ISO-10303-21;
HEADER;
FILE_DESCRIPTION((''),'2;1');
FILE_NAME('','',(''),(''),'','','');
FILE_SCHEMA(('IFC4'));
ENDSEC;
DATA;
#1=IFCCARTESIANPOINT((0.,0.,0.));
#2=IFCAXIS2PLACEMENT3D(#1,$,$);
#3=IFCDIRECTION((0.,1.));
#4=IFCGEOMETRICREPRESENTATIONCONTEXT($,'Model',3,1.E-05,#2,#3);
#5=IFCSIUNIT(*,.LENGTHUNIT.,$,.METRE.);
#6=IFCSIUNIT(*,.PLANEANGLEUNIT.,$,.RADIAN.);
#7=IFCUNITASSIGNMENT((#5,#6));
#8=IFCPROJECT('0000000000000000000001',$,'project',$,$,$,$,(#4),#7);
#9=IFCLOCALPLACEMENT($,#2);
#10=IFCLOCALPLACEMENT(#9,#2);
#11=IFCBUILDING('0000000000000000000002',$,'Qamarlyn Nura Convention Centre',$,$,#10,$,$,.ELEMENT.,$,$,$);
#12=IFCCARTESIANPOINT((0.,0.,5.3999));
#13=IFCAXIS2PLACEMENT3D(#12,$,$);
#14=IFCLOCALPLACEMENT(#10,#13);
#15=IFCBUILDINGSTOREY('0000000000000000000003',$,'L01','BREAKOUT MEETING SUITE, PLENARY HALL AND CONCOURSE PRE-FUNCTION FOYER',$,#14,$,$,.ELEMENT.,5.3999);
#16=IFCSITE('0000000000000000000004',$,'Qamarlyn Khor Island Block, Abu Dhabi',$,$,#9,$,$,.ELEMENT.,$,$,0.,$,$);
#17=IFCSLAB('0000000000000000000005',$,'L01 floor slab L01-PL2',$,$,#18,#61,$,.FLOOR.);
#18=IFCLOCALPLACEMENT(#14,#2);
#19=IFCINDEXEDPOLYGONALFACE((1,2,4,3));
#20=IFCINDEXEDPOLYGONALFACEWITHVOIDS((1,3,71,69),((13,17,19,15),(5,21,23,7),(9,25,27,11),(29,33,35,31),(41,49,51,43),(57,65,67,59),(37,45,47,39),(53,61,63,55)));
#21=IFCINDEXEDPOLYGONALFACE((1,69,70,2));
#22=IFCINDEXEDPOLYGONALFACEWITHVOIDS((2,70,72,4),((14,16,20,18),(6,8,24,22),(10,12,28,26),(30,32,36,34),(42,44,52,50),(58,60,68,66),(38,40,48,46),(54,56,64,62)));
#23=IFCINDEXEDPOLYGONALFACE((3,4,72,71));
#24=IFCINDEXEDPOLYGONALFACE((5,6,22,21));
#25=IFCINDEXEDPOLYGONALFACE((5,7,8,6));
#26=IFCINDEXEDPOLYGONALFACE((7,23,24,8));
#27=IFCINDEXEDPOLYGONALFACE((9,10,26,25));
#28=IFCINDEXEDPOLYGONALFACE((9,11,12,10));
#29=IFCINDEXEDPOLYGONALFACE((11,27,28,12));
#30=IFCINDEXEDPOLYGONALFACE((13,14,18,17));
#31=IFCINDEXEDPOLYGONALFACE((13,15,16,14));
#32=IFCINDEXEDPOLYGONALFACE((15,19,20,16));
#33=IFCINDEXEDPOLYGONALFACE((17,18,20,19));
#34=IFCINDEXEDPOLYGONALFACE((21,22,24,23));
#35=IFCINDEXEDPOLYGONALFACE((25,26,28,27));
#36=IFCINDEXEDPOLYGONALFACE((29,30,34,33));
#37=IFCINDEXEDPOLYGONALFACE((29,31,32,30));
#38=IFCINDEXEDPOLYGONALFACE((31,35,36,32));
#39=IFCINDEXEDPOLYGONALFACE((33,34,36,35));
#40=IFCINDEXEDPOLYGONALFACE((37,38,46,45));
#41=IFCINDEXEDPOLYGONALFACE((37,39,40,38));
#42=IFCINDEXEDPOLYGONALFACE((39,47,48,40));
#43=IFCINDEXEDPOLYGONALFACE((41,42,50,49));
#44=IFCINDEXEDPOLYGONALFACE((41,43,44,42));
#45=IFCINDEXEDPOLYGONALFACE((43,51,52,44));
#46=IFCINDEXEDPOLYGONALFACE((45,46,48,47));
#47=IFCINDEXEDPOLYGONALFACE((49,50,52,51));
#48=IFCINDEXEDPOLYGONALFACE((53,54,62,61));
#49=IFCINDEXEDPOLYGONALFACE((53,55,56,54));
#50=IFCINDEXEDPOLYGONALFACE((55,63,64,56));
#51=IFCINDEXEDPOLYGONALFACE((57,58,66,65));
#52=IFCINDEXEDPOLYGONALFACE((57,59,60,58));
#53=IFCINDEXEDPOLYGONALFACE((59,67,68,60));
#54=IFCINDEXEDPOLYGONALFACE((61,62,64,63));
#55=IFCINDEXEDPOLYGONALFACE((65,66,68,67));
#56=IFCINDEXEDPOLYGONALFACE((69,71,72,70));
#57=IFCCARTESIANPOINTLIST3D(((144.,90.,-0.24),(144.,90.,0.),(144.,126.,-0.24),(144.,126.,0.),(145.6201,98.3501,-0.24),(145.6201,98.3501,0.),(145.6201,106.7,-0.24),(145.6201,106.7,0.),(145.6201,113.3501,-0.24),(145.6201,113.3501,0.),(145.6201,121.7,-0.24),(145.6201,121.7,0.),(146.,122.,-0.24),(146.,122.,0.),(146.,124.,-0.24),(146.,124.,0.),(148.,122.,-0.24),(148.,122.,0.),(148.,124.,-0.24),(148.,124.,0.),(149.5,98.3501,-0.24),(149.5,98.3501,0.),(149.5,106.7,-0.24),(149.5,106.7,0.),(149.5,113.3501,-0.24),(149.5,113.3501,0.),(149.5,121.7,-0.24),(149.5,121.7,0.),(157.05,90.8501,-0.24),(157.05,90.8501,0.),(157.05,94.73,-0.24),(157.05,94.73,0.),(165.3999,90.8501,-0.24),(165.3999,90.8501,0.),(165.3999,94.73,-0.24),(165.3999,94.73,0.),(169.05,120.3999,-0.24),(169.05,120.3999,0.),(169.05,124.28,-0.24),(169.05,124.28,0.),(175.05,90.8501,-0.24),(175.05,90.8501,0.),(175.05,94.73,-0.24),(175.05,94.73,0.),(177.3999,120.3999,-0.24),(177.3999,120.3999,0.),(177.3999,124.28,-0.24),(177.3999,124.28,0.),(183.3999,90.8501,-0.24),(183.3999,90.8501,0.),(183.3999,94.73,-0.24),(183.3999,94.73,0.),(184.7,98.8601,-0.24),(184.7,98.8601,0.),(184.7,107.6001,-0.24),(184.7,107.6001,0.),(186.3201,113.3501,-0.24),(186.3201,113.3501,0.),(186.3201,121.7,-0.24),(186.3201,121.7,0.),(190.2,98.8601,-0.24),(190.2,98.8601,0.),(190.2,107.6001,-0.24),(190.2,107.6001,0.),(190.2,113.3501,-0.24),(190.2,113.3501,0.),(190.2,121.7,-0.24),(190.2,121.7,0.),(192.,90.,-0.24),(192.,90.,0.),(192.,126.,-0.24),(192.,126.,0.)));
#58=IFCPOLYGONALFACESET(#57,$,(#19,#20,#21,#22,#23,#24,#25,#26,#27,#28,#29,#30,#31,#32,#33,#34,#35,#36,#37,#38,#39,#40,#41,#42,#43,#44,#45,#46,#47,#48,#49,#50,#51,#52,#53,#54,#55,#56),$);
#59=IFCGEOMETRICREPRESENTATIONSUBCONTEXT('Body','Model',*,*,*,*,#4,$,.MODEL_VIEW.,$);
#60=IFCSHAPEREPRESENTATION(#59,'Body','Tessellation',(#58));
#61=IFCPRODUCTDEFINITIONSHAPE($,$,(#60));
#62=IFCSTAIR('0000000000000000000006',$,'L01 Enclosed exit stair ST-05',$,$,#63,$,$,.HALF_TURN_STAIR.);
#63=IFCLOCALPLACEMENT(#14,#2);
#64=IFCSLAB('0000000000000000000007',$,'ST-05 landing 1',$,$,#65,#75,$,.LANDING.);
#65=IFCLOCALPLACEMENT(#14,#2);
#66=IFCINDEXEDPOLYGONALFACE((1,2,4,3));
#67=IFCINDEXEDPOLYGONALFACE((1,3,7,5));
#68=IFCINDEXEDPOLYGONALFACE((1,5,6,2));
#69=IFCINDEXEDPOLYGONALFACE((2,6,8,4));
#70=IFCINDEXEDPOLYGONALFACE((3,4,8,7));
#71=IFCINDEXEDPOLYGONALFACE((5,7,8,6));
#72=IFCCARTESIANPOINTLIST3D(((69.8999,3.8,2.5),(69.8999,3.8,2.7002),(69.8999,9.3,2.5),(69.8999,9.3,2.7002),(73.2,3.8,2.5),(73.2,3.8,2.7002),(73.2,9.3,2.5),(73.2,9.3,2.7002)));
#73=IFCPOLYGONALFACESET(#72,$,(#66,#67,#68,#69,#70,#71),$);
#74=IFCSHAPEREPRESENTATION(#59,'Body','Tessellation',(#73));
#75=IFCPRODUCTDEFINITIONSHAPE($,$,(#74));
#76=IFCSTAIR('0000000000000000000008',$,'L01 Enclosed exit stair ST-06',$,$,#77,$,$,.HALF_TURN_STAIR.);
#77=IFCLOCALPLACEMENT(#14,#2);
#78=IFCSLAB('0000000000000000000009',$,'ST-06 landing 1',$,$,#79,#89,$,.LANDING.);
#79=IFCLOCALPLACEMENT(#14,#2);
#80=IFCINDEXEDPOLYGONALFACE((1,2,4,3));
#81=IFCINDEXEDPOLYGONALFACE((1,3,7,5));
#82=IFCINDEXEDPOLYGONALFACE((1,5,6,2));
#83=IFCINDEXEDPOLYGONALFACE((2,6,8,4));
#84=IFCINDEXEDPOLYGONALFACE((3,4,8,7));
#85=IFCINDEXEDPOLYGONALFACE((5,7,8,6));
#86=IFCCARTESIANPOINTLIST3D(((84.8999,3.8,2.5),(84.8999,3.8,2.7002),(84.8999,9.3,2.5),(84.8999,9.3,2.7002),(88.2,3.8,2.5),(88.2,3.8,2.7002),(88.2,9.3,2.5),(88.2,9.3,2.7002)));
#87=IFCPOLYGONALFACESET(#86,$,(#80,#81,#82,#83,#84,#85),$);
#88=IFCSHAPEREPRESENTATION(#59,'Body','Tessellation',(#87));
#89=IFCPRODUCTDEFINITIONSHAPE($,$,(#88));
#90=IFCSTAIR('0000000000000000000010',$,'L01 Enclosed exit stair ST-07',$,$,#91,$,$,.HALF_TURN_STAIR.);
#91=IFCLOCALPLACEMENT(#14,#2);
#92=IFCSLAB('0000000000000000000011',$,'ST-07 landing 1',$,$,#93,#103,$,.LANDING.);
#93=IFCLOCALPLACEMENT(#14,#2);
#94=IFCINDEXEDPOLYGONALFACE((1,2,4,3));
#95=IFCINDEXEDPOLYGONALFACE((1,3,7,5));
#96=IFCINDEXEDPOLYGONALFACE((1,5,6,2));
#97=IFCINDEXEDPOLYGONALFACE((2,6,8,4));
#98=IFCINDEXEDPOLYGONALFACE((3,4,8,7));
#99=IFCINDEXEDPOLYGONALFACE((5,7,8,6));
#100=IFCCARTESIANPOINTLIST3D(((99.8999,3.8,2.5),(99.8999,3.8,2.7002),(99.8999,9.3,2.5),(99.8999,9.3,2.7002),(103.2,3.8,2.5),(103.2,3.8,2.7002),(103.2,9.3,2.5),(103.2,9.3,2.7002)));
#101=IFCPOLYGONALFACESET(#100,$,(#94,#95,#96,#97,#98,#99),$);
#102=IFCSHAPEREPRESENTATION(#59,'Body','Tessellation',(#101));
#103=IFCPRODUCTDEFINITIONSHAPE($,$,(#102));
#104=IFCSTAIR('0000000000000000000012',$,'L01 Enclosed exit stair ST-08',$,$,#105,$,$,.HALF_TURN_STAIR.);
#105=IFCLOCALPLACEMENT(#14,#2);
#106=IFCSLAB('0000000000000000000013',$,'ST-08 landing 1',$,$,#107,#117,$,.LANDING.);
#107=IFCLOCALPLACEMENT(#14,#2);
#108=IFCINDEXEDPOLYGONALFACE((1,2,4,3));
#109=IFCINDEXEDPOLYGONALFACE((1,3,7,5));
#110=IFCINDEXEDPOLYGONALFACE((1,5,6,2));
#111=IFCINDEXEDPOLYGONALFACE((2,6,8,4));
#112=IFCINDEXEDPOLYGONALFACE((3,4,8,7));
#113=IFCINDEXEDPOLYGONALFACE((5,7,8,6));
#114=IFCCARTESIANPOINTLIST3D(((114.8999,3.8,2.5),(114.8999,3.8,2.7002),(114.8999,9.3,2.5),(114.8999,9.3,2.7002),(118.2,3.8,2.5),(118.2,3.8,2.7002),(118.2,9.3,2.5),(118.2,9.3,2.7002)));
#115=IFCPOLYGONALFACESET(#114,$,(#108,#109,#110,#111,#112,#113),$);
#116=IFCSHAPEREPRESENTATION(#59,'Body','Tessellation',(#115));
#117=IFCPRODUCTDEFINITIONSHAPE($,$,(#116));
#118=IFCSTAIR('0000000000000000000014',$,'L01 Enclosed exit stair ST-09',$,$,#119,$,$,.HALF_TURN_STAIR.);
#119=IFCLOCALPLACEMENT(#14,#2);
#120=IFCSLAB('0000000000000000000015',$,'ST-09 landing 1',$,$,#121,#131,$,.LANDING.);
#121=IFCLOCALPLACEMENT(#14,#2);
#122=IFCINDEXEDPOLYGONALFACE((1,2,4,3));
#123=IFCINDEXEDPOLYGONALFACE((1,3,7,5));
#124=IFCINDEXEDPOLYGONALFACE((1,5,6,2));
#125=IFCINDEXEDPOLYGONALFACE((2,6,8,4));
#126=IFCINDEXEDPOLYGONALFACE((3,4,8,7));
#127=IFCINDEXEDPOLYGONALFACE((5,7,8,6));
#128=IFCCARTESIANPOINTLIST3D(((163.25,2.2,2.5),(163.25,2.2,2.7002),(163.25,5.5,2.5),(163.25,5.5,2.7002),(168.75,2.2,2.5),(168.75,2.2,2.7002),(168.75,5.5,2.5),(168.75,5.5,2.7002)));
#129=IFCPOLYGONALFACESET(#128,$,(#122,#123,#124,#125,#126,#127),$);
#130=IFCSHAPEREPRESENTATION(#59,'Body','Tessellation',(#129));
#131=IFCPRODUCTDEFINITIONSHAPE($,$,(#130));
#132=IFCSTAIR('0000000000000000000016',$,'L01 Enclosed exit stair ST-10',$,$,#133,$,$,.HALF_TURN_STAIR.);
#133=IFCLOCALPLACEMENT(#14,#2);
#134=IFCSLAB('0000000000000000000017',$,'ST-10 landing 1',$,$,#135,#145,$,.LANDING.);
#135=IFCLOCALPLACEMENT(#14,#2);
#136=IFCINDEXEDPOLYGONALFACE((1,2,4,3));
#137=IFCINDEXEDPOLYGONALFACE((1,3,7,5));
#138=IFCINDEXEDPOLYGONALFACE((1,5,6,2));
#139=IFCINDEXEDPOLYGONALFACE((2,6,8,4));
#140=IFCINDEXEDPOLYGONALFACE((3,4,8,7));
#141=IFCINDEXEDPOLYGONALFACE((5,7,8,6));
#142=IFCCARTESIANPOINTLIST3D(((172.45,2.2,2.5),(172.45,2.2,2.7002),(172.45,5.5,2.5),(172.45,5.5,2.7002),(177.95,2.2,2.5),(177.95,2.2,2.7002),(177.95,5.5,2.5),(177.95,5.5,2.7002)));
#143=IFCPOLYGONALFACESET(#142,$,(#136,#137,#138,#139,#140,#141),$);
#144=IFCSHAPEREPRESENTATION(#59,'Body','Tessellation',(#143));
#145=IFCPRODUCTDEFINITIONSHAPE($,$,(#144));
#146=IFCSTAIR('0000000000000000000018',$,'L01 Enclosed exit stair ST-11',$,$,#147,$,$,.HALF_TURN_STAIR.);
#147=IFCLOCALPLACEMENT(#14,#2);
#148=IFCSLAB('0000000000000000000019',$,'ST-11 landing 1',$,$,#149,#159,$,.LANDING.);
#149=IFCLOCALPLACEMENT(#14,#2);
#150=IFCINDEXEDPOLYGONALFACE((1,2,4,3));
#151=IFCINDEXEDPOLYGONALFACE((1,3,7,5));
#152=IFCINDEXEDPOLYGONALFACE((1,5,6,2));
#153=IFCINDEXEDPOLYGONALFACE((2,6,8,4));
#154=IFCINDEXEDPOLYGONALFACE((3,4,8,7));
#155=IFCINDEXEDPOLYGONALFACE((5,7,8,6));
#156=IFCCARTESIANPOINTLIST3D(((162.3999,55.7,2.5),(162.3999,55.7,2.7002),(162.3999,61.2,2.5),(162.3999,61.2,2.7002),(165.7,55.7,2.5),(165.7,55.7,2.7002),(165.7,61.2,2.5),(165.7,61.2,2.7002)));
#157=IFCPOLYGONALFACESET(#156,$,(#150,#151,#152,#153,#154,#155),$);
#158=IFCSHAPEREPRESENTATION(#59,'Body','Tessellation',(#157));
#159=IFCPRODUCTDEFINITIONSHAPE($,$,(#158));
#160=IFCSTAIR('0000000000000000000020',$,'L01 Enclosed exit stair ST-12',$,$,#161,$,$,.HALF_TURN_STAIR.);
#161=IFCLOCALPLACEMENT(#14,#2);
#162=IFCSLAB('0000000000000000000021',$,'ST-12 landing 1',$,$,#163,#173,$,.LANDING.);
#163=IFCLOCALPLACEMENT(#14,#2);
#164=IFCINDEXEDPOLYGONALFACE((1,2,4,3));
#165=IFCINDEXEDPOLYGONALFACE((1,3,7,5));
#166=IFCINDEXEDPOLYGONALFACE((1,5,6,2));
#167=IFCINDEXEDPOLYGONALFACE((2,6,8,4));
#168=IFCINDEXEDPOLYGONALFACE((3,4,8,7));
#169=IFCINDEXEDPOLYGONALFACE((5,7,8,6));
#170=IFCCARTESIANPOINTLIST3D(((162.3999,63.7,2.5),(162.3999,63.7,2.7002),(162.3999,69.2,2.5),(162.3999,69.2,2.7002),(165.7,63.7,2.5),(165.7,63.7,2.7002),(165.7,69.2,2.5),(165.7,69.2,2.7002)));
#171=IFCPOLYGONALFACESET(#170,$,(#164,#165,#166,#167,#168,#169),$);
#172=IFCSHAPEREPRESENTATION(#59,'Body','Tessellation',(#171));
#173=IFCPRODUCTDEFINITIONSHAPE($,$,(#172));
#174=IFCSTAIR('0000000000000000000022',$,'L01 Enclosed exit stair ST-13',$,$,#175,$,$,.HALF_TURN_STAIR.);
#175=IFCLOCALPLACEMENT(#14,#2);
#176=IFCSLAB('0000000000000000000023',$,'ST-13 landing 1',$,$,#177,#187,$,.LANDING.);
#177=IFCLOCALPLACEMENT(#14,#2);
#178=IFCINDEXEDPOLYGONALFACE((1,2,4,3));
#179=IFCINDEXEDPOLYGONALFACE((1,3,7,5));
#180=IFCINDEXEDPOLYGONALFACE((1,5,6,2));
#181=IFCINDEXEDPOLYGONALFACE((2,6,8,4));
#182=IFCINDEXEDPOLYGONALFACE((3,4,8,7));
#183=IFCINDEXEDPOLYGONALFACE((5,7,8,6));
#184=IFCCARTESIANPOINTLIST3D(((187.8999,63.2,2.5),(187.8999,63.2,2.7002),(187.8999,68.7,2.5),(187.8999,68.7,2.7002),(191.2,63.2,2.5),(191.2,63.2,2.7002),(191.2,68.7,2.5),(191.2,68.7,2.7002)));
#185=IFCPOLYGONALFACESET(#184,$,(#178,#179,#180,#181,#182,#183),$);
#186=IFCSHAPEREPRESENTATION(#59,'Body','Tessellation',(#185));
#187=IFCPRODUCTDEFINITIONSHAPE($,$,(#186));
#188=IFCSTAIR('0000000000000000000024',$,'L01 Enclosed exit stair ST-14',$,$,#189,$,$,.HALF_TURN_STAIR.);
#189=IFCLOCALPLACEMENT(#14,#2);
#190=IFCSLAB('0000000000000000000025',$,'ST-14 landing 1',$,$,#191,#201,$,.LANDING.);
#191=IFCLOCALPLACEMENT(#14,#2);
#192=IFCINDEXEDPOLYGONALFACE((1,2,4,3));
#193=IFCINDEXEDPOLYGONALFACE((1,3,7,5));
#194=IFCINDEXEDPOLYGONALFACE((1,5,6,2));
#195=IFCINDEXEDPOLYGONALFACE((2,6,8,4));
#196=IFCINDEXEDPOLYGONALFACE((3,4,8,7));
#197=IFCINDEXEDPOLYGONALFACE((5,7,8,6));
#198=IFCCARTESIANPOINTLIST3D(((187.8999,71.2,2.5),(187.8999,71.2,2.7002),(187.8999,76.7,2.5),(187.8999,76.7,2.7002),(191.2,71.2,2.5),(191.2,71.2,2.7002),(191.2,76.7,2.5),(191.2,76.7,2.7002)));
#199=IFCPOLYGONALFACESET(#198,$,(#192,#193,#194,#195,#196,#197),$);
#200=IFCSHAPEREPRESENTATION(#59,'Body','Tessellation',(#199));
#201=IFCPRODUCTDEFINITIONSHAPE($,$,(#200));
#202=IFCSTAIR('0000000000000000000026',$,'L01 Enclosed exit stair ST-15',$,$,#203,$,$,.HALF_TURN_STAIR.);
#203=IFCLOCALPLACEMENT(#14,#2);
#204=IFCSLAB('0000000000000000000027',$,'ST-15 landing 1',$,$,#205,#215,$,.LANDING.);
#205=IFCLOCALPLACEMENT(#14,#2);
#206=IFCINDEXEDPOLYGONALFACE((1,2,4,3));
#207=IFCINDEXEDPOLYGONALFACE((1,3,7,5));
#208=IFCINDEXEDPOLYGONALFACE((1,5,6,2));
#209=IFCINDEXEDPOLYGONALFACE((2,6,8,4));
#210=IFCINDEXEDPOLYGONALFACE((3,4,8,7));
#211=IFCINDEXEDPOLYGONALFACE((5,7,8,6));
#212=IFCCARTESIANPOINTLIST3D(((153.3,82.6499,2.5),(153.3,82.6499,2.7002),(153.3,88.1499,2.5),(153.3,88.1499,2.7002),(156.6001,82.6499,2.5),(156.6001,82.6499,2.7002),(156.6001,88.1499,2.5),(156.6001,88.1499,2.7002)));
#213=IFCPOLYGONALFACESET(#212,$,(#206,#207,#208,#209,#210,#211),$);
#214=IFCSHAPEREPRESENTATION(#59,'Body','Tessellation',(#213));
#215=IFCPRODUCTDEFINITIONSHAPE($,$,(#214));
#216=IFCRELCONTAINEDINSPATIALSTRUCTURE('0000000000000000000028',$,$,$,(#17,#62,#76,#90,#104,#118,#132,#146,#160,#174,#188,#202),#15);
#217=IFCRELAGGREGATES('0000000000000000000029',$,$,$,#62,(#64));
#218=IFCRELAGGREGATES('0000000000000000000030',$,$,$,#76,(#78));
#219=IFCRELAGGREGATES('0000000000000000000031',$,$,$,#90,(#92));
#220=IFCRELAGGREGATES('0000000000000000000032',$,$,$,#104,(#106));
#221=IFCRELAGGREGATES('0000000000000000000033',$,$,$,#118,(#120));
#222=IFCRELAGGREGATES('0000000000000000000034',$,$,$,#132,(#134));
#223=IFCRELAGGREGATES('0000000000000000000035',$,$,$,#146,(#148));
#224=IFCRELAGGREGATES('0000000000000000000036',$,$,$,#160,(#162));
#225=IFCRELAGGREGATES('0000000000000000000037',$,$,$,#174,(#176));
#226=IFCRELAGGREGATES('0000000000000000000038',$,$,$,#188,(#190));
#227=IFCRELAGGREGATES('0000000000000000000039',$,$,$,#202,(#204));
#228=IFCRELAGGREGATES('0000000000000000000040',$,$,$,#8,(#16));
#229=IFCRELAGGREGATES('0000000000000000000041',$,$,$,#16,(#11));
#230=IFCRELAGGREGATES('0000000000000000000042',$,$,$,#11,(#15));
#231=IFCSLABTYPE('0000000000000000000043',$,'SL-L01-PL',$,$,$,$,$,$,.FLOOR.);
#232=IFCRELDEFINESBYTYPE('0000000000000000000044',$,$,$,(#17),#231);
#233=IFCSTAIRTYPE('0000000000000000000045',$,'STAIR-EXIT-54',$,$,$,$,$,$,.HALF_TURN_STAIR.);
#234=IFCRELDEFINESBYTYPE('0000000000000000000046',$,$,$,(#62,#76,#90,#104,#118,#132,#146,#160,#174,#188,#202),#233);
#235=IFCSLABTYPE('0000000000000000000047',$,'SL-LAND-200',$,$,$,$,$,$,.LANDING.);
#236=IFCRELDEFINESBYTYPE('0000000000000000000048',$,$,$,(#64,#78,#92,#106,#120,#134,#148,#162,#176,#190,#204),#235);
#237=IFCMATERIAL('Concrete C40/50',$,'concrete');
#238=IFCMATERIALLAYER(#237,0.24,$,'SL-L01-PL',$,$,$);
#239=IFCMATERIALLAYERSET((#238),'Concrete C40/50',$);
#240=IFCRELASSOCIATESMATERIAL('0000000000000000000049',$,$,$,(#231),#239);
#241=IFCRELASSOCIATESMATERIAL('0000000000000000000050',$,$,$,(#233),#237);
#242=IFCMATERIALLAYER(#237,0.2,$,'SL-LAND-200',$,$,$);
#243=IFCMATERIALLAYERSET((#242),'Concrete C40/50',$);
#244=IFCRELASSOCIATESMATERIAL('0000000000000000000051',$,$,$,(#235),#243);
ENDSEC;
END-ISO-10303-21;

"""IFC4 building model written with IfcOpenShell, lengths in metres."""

from ifc_helpers import new_model, si_unit, direction, frame, origin, place, context, subcontext, project, spatial, polyline, outline, extrude, material, layer, layer_set, type_object, element, aggregate, save


model = new_model("IFC4")

# Units and contexts
model_context = context("Model", 3, precision=1e-05, world=origin(), true_north=direction((0.0, 1.0)))
body_context = subcontext(model_context, "Body", "Model", "MODEL_VIEW")
ifc_project = project(units=[si_unit("LENGTHUNIT", "METRE"), si_unit("PLANEANGLEUNIT", "RADIAN")], contexts=[model_context])

# Site, building, storey
site_placement = place(None, origin())
site = spatial("IfcSite", under=ifc_project, at=site_placement, Name="Qamarlyn Khor Island Block, Abu Dhabi", CompositionType="ELEMENT", RefElevation=0.0)
building_placement = place(site_placement, origin())
building = spatial("IfcBuilding", under=site, at=building_placement, Name="Qamarlyn Nura Convention Centre", CompositionType="ELEMENT")
storey_placement = place(building_placement, frame((0.0, 0.0, 5.3999)))
storey = spatial("IfcBuildingStorey", under=building, at=storey_placement, Name="L01", Description="BREAKOUT MEETING SUITE, PLENARY HALL AND CONCOURSE PRE-FUNCTION FOYER", CompositionType="ELEMENT", Elevation=5.3999)

# Slab
ifc_material_1 = material(Name="Concrete C40/50", Category="concrete")
ifc_layer_1 = layer(ifc_material_1, 0.24, Name="SL-L01-PL")
ifc_layer_set_1 = layer_set([ifc_layer_1], Name="Concrete C40/50")
slab_type_1 = type_object("IfcSlabType", Name="SL-L01-PL", PredefinedType="FLOOR", material=ifc_layer_set_1)
slab_1_placement = place(storey_placement, frame((0.0, 0.0, -0.24)))
element("IfcSlab", 1, at=slab_1_placement, inside=storey, type_object=slab_type_1, Name="L01 floor slab L01-PL2", PredefinedType="FLOOR", context=body_context, shape_type="SweptSolid", body=[
    extrude(outline(polyline([(144.0, 126.0), (192.0, 126.0), (192.0, 90.0), (144.0, 90.0), (144.0, 126.0)]), holes=[polyline([(146.0, 124.0), (146.0, 122.0), (148.0, 122.0), (148.0, 124.0), (146.0, 124.0)]), polyline([(157.05, 90.8501), (165.3999, 90.8501), (165.3999, 94.73), (157.05, 94.73), (157.05, 90.8501)]), polyline([(145.6201, 98.3501), (149.5, 98.3501), (149.5, 106.7), (145.6201, 106.7), (145.6201, 98.3501)]), polyline([(145.6201, 113.3501), (149.5, 113.3501), (149.5, 121.7), (145.6201, 121.7), (145.6201, 113.3501)]), polyline([(175.05, 90.8501), (183.3999, 90.8501), (183.3999, 94.73), (175.05, 94.73), (175.05, 90.8501)]), polyline([(190.2, 98.8601), (190.2, 107.6001), (184.7, 107.6001), (184.7, 98.8601), (190.2, 98.8601)]), polyline([(186.3201, 113.3501), (190.2, 113.3501), (190.2, 121.7), (186.3201, 121.7), (186.3201, 113.3501)]), polyline([(169.05, 124.28), (169.05, 120.3999), (177.3999, 120.3999), (177.3999, 124.28), (169.05, 124.28)])]), origin(), (0.0, 0.0, 1.0), 0.24),
])

# Stairs, slabs
stair_type_1 = type_object("IfcStairType", Name="STAIR-EXIT-54", PredefinedType="HALF_TURN_STAIR", material=ifc_material_1)
stair_1_placement = place(storey_placement, origin())
stair_1 = element("IfcStair", 2, at=stair_1_placement, inside=storey, type_object=stair_type_1, Name="L01 Enclosed exit stair ST-05", PredefinedType="HALF_TURN_STAIR")
ifc_layer_2 = layer(ifc_material_1, 0.2, Name="SL-LAND-200")
ifc_layer_set_2 = layer_set([ifc_layer_2], Name="Concrete C40/50")
slab_type_2 = type_object("IfcSlabType", Name="SL-LAND-200", PredefinedType="LANDING", material=ifc_layer_set_2)
slab_2_placement = place(storey_placement, frame((0.0, 0.0, 2.5)))
slab_2 = element("IfcSlab", 3, at=slab_2_placement, type_object=slab_type_2, Name="ST-05 landing 1", PredefinedType="LANDING", context=body_context, shape_type="SweptSolid", body=[
    extrude(outline(polyline([(69.8999, 3.8), (73.2, 3.8), (73.2, 9.3), (69.8999, 9.3), (69.8999, 3.8)])), origin(), (0.0, 0.0, 1.0), 0.2002),
])
aggregate(stair_1, [slab_2])
stair_2_placement = place(storey_placement, origin())
stair_2 = element("IfcStair", 4, at=stair_2_placement, inside=storey, type_object=stair_type_1, Name="L01 Enclosed exit stair ST-06", PredefinedType="HALF_TURN_STAIR")
slab_3_placement = place(storey_placement, frame((0.0, 0.0, 2.5)))
slab_3 = element("IfcSlab", 5, at=slab_3_placement, type_object=slab_type_2, Name="ST-06 landing 1", PredefinedType="LANDING", context=body_context, shape_type="SweptSolid", body=[
    extrude(outline(polyline([(84.8999, 3.8), (88.2, 3.8), (88.2, 9.3), (84.8999, 9.3), (84.8999, 3.8)])), origin(), (0.0, 0.0, 1.0), 0.2002),
])
aggregate(stair_2, [slab_3])
stair_3_placement = place(storey_placement, origin())
stair_3 = element("IfcStair", 6, at=stair_3_placement, inside=storey, type_object=stair_type_1, Name="L01 Enclosed exit stair ST-07", PredefinedType="HALF_TURN_STAIR")
slab_4_placement = place(storey_placement, frame((0.0, 0.0, 2.5)))
slab_4 = element("IfcSlab", 7, at=slab_4_placement, type_object=slab_type_2, Name="ST-07 landing 1", PredefinedType="LANDING", context=body_context, shape_type="SweptSolid", body=[
    extrude(outline(polyline([(99.8999, 3.8), (103.2, 3.8), (103.2, 9.3), (99.8999, 9.3), (99.8999, 3.8)])), origin(), (0.0, 0.0, 1.0), 0.2002),
])
aggregate(stair_3, [slab_4])
stair_4_placement = place(storey_placement, origin())
stair_4 = element("IfcStair", 8, at=stair_4_placement, inside=storey, type_object=stair_type_1, Name="L01 Enclosed exit stair ST-08", PredefinedType="HALF_TURN_STAIR")
slab_5_placement = place(storey_placement, frame((0.0, 0.0, 2.5)))
slab_5 = element("IfcSlab", 9, at=slab_5_placement, type_object=slab_type_2, Name="ST-08 landing 1", PredefinedType="LANDING", context=body_context, shape_type="SweptSolid", body=[
    extrude(outline(polyline([(114.8999, 3.8), (118.2, 3.8), (118.2, 9.3), (114.8999, 9.3), (114.8999, 3.8)])), origin(), (0.0, 0.0, 1.0), 0.2002),
])
aggregate(stair_4, [slab_5])
stair_5_placement = place(storey_placement, origin())
stair_5 = element("IfcStair", 10, at=stair_5_placement, inside=storey, type_object=stair_type_1, Name="L01 Enclosed exit stair ST-09", PredefinedType="HALF_TURN_STAIR")
slab_6_placement = place(storey_placement, frame((0.0, 0.0, 2.5)))
slab_6 = element("IfcSlab", 11, at=slab_6_placement, type_object=slab_type_2, Name="ST-09 landing 1", PredefinedType="LANDING", context=body_context, shape_type="SweptSolid", body=[
    extrude(outline(polyline([(163.25, 5.5), (163.25, 2.2), (168.75, 2.2), (168.75, 5.5), (163.25, 5.5)])), origin(), (0.0, 0.0, 1.0), 0.2002),
])
aggregate(stair_5, [slab_6])
stair_6_placement = place(storey_placement, origin())
stair_6 = element("IfcStair", 12, at=stair_6_placement, inside=storey, type_object=stair_type_1, Name="L01 Enclosed exit stair ST-10", PredefinedType="HALF_TURN_STAIR")
slab_7_placement = place(storey_placement, frame((0.0, 0.0, 2.5)))
slab_7 = element("IfcSlab", 13, at=slab_7_placement, type_object=slab_type_2, Name="ST-10 landing 1", PredefinedType="LANDING", context=body_context, shape_type="SweptSolid", body=[
    extrude(outline(polyline([(172.45, 5.5), (172.45, 2.2), (177.95, 2.2), (177.95, 5.5), (172.45, 5.5)])), origin(), (0.0, 0.0, 1.0), 0.2002),
])
aggregate(stair_6, [slab_7])
stair_7_placement = place(storey_placement, origin())
stair_7 = element("IfcStair", 14, at=stair_7_placement, inside=storey, type_object=stair_type_1, Name="L01 Enclosed exit stair ST-11", PredefinedType="HALF_TURN_STAIR")
slab_8_placement = place(storey_placement, frame((0.0, 0.0, 2.5)))
slab_8 = element("IfcSlab", 15, at=slab_8_placement, type_object=slab_type_2, Name="ST-11 landing 1", PredefinedType="LANDING", context=body_context, shape_type="SweptSolid", body=[
    extrude(outline(polyline([(165.7, 61.2), (162.3999, 61.2), (162.3999, 55.7), (165.7, 55.7), (165.7, 61.2)])), origin(), (0.0, 0.0, 1.0), 0.2002),
])
aggregate(stair_7, [slab_8])
stair_8_placement = place(storey_placement, origin())
stair_8 = element("IfcStair", 16, at=stair_8_placement, inside=storey, type_object=stair_type_1, Name="L01 Enclosed exit stair ST-12", PredefinedType="HALF_TURN_STAIR")
slab_9_placement = place(storey_placement, frame((0.0, 0.0, 2.5)))
slab_9 = element("IfcSlab", 17, at=slab_9_placement, type_object=slab_type_2, Name="ST-12 landing 1", PredefinedType="LANDING", context=body_context, shape_type="SweptSolid", body=[
    extrude(outline(polyline([(165.7, 69.2), (162.3999, 69.2), (162.3999, 63.7), (165.7, 63.7), (165.7, 69.2)])), origin(), (0.0, 0.0, 1.0), 0.2002),
])
aggregate(stair_8, [slab_9])
stair_9_placement = place(storey_placement, origin())
stair_9 = element("IfcStair", 18, at=stair_9_placement, inside=storey, type_object=stair_type_1, Name="L01 Enclosed exit stair ST-13", PredefinedType="HALF_TURN_STAIR")
slab_10_placement = place(storey_placement, frame((0.0, 0.0, 2.5)))
slab_10 = element("IfcSlab", 19, at=slab_10_placement, type_object=slab_type_2, Name="ST-13 landing 1", PredefinedType="LANDING", context=body_context, shape_type="SweptSolid", body=[
    extrude(outline(polyline([(187.8999, 63.2), (191.2, 63.2), (191.2, 68.7), (187.8999, 68.7), (187.8999, 63.2)])), origin(), (0.0, 0.0, 1.0), 0.2002),
])
aggregate(stair_9, [slab_10])
stair_10_placement = place(storey_placement, origin())
stair_10 = element("IfcStair", 20, at=stair_10_placement, inside=storey, type_object=stair_type_1, Name="L01 Enclosed exit stair ST-14", PredefinedType="HALF_TURN_STAIR")
slab_11_placement = place(storey_placement, frame((0.0, 0.0, 2.5)))
slab_11 = element("IfcSlab", 21, at=slab_11_placement, type_object=slab_type_2, Name="ST-14 landing 1", PredefinedType="LANDING", context=body_context, shape_type="SweptSolid", body=[
    extrude(outline(polyline([(187.8999, 71.2), (191.2, 71.2), (191.2, 76.7), (187.8999, 76.7), (187.8999, 71.2)])), origin(), (0.0, 0.0, 1.0), 0.2002),
])
aggregate(stair_10, [slab_11])
stair_11_placement = place(storey_placement, origin())
stair_11 = element("IfcStair", 22, at=stair_11_placement, inside=storey, type_object=stair_type_1, Name="L01 Enclosed exit stair ST-15", PredefinedType="HALF_TURN_STAIR")
slab_12_placement = place(storey_placement, frame((0.0, 0.0, 2.5)))
slab_12 = element("IfcSlab", 23, at=slab_12_placement, type_object=slab_type_2, Name="ST-15 landing 1", PredefinedType="LANDING", context=body_context, shape_type="SweptSolid", body=[
    extrude(outline(polyline([(153.3, 82.6499), (156.6001, 82.6499), (156.6001, 88.1499), (153.3, 88.1499), (153.3, 82.6499)])), origin(), (0.0, 0.0, 1.0), 0.2002),
])
aggregate(stair_11, [slab_12])

save(model, "model.ifc")
